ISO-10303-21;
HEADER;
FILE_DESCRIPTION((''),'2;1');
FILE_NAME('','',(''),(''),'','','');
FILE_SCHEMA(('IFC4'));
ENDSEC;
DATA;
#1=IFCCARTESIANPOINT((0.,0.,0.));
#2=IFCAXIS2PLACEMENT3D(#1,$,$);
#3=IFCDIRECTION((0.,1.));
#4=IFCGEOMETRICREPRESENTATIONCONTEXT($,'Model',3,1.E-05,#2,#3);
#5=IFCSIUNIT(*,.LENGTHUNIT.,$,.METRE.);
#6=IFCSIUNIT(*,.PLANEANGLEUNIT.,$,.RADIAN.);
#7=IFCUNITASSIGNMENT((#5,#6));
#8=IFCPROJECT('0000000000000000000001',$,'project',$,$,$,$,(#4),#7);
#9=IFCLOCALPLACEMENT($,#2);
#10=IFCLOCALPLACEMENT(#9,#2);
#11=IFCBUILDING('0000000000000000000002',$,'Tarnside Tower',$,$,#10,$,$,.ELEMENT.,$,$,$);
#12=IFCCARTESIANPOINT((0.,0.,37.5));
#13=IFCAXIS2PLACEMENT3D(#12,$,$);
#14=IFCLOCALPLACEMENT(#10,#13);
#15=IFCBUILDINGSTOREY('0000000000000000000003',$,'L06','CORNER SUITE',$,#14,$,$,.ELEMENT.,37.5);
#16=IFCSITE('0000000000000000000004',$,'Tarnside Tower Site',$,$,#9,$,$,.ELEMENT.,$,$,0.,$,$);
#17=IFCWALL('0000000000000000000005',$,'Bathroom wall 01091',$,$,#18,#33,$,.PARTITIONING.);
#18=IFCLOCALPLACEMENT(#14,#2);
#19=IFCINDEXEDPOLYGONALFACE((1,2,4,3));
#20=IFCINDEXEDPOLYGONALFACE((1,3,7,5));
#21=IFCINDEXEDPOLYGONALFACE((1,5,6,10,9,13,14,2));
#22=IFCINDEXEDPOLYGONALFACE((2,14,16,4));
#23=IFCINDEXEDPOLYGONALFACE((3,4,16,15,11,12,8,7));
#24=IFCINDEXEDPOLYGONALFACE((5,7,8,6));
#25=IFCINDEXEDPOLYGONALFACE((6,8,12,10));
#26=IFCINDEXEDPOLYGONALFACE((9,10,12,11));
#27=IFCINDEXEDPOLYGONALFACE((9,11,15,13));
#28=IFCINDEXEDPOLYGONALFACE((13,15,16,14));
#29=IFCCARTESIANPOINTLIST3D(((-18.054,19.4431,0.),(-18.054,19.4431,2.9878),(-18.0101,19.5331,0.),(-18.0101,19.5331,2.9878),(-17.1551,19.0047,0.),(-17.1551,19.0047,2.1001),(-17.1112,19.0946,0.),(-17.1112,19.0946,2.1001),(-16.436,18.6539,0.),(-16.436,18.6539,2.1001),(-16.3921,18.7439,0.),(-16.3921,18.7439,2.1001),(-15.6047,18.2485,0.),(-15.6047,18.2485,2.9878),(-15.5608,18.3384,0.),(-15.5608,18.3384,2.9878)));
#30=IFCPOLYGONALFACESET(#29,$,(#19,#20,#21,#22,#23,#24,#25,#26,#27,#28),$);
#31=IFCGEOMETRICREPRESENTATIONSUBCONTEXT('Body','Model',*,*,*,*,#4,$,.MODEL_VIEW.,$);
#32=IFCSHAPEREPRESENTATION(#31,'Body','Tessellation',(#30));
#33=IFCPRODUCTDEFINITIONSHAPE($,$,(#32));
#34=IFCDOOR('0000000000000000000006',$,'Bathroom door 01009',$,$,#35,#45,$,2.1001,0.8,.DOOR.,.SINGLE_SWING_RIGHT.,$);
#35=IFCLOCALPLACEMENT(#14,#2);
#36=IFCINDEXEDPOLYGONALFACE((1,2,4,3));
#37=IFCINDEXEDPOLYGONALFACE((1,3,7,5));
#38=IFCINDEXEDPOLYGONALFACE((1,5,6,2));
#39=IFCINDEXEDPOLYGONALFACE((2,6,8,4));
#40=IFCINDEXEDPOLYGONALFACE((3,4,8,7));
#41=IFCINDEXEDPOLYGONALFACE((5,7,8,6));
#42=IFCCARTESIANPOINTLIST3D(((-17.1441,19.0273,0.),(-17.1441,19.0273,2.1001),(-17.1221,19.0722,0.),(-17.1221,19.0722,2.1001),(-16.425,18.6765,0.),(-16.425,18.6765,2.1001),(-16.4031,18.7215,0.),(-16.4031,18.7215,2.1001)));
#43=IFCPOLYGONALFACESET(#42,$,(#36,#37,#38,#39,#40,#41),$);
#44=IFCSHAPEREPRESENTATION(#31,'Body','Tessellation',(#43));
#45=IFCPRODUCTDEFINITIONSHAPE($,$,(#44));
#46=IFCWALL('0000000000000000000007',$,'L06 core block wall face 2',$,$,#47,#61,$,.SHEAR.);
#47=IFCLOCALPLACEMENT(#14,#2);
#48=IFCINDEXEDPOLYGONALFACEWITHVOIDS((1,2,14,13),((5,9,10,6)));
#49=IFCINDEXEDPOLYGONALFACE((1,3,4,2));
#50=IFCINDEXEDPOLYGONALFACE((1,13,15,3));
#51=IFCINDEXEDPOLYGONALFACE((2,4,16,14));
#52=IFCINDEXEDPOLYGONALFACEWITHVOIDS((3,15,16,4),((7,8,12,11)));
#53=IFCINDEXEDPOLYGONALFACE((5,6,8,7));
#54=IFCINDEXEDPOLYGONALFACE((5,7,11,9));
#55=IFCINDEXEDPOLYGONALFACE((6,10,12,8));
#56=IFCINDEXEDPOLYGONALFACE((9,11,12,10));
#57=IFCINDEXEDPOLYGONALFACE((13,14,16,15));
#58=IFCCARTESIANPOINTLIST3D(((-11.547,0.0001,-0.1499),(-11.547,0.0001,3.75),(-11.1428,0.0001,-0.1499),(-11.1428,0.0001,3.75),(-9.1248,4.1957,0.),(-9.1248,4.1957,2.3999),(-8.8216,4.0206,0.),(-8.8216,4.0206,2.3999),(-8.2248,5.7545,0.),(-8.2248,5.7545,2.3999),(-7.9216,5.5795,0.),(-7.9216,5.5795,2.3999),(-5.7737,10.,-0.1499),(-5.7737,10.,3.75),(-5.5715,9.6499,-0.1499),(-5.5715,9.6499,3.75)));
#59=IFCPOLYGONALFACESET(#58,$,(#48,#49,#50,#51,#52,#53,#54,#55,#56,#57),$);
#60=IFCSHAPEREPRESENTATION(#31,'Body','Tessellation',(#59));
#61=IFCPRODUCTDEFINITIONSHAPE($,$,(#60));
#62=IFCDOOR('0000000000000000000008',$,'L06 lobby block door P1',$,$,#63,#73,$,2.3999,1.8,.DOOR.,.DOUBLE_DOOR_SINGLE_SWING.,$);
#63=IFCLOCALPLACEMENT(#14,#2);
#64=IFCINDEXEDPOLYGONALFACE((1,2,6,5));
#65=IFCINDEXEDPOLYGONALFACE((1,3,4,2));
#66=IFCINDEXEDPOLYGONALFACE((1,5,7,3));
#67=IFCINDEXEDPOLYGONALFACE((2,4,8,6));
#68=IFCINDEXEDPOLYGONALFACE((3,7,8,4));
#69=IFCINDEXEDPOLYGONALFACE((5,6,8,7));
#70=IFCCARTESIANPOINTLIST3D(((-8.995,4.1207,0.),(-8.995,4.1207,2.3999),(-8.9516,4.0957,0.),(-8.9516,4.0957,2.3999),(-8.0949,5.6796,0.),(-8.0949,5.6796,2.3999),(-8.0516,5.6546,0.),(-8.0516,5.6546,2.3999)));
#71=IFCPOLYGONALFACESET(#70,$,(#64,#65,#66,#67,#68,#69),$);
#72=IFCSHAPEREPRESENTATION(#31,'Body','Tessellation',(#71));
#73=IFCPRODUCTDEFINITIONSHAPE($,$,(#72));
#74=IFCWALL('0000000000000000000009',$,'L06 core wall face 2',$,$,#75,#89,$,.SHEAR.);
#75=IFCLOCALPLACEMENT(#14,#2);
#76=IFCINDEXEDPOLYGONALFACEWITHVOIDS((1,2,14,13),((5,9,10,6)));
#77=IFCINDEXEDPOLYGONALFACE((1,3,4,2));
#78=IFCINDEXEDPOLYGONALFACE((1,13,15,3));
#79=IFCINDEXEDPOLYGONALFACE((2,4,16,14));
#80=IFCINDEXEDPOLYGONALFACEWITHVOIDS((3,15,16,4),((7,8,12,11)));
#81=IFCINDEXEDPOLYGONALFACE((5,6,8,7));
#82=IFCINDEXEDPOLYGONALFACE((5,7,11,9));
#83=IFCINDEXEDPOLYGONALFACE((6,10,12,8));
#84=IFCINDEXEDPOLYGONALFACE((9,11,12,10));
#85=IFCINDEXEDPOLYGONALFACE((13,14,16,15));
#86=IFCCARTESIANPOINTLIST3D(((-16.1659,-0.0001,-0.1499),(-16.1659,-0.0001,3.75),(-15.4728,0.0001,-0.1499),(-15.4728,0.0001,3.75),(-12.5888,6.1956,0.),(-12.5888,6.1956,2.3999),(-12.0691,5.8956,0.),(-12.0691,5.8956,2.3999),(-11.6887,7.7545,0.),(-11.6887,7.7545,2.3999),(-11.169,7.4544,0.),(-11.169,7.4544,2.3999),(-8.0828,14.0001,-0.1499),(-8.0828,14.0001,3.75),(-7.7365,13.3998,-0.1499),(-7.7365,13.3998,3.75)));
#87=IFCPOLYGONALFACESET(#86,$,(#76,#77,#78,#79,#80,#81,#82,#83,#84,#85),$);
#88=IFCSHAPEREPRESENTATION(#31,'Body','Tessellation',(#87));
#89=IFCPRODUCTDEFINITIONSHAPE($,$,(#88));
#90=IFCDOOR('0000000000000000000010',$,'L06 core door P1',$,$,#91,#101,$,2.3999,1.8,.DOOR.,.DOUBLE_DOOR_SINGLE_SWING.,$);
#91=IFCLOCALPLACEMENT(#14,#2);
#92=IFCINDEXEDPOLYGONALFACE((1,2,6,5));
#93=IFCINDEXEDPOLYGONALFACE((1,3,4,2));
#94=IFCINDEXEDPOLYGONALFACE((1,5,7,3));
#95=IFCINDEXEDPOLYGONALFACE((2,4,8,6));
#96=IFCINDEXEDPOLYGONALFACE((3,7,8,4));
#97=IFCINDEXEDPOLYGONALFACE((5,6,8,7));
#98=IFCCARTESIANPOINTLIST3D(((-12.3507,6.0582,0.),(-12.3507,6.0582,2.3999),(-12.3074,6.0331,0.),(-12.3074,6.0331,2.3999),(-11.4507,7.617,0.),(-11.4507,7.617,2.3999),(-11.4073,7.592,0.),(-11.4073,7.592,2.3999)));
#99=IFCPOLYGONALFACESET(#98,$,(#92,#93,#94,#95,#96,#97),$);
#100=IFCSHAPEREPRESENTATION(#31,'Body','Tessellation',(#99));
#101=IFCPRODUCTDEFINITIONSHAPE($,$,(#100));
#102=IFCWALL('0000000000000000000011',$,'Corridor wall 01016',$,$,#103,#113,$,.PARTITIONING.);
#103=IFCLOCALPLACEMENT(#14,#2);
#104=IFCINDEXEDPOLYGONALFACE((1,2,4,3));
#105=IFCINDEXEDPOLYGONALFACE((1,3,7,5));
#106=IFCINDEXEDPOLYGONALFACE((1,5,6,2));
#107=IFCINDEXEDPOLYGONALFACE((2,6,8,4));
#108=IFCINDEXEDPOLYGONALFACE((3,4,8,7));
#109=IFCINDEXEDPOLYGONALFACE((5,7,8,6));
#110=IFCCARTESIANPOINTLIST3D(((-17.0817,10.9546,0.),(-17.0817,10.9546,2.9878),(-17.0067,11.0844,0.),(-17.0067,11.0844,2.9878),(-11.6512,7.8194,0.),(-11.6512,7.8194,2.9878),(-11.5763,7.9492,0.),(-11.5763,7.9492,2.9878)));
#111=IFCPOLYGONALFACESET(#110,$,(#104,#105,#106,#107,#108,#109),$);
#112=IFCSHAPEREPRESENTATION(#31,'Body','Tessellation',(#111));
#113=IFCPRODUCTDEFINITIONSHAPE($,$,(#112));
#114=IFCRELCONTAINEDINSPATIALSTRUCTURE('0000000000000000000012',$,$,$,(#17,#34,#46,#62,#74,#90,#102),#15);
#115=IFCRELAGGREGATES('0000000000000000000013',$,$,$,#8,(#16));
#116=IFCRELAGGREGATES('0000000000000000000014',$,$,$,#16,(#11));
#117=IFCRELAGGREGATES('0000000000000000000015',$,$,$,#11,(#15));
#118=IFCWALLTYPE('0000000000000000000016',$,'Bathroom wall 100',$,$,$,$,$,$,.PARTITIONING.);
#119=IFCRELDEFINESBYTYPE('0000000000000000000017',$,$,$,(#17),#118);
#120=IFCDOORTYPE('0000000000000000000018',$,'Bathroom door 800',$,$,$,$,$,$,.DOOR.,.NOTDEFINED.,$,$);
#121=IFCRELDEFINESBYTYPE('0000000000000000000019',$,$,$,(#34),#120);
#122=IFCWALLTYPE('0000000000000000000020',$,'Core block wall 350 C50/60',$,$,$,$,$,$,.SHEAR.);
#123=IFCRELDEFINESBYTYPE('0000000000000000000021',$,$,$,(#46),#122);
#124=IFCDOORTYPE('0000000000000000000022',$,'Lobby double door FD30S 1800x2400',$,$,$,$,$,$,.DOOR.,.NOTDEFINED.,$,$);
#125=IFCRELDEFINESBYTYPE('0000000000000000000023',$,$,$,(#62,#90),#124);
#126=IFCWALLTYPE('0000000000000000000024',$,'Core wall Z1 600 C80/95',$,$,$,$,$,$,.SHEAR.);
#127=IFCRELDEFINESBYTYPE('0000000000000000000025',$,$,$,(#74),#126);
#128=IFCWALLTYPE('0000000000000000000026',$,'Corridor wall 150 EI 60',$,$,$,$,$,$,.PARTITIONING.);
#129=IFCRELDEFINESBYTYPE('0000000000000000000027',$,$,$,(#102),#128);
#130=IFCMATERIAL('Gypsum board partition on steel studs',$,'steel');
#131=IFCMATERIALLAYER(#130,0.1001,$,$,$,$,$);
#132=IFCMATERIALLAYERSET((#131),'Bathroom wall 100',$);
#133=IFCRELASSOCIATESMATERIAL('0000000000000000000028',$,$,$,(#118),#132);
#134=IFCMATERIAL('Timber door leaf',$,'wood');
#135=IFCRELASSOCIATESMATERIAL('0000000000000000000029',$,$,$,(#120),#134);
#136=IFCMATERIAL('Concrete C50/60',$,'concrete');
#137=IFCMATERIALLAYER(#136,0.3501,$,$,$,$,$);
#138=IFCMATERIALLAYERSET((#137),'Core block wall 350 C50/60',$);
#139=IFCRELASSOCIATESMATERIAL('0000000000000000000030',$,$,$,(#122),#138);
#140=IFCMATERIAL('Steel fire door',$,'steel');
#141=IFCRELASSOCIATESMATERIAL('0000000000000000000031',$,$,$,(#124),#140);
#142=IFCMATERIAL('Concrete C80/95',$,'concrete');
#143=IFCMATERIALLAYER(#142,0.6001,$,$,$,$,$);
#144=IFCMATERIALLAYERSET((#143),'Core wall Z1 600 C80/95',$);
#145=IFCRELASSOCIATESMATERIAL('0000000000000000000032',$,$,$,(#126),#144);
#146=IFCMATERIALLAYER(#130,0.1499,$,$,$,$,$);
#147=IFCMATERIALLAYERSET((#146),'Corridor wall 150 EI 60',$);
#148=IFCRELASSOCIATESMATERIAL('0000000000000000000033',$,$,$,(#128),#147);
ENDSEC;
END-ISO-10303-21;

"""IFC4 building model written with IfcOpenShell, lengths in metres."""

from ifc_helpers import new_model, si_unit, direction, frame, frame_2d, origin, place, context, subcontext, project, spatial, polyline, rectangle, outline, extrude, material, layer, layer_set, type_object, element, fill, save


model = new_model("IFC4")

# Units and contexts
model_context = context("Model", 3, precision=1e-05, world=origin(), true_north=direction((0.0, 1.0)))
body_context = subcontext(model_context, "Body", "Model", "MODEL_VIEW")
ifc_project = project(units=[si_unit("LENGTHUNIT", "METRE"), si_unit("PLANEANGLEUNIT", "RADIAN")], contexts=[model_context])

# Site, building, storey
site_placement = place(None, origin())
site = spatial("IfcSite", under=ifc_project, at=site_placement, Name="Tarnside Tower Site", CompositionType="ELEMENT", RefElevation=0.0)
building_placement = place(site_placement, origin())
building = spatial("IfcBuilding", under=site, at=building_placement, Name="Tarnside Tower", CompositionType="ELEMENT")
storey_placement = place(building_placement, frame((0.0, 0.0, 37.5)))
storey = spatial("IfcBuildingStorey", under=building, at=storey_placement, Name="L06", Description="CORNER SUITE", CompositionType="ELEMENT", Elevation=37.5)

# Walls, openings, doors
ifc_material_1 = material(Name="Gypsum board partition on steel studs", Category="steel")
ifc_layer_1 = layer(ifc_material_1, 0.1001)
ifc_layer_set_1 = layer_set([ifc_layer_1], Name="Bathroom wall 100")
wall_type_1 = type_object("IfcWallType", Name="Bathroom wall 100", PredefinedType="PARTITIONING", material=ifc_layer_set_1)
wall_1_placement = place(storey_placement, frame((-15.5828, 18.2935, 0.0), z_axis=(0.0, 0.0, 1.0), x_axis=(-0.898792, 0.438376, 0.0)))
wall_1 = element("IfcWall", 1, at=wall_1_placement, inside=storey, type_object=wall_type_1, Name="Bathroom wall 01091", PredefinedType="PARTITIONING", context=body_context, shape_type="SweptSolid", body=[
    extrude(rectangle(XDim=2.7251, YDim=0.1001, at=frame_2d((1.3625, 0.0))), origin(), (0.0, 0.0, 1.0), 2.9878),
])
opening_1_placement = place(wall_1_placement, frame((0.925, 0.0, 0.0)))
opening_1 = element("IfcOpeningElement", 2, at=opening_1_placement, cuts=wall_1, PredefinedType="OPENING", context=body_context, shape_type="SweptSolid", body=[
    extrude(rectangle(XDim=0.8, YDim=2.1001, at=frame_2d((0.3999, 1.05))), frame((0.0, 0.0601, 0.0), z_axis=(0.0, -1.0, 0.0), x_axis=(1.0, 0.0, 0.0)), (0.0, 0.0, 1.0), 0.1201),
])
ifc_material_2 = material(Name="Timber door leaf", Category="wood")
door_type_1 = type_object("IfcDoorType", Name="Bathroom door 800", OperationType="NOTDEFINED", PredefinedType="DOOR", material=ifc_material_2)
door_1_placement = place(opening_1_placement, origin())
door_1 = element("IfcDoor", 3, at=door_1_placement, inside=storey, type_object=door_type_1, Name="Bathroom door 01009", OperationType="SINGLE_SWING_RIGHT", OverallHeight=2.1001, OverallWidth=0.8, PredefinedType="DOOR", context=body_context, shape_type="SweptSolid", body=[
    extrude(rectangle(XDim=0.8, YDim=2.1001, at=frame_2d((0.3999, 1.05))), frame((0.0, 0.0249, 0.0), z_axis=(0.0, -1.0, 0.0), x_axis=(1.0, 0.0, 0.0)), (0.0, 0.0, 1.0), 0.05),
])
fill(opening_1, door_1)
ifc_material_3 = material(Name="Concrete C50/60", Category="concrete")
ifc_layer_2 = layer(ifc_material_3, 0.3501)
ifc_layer_set_2 = layer_set([ifc_layer_2], Name="Core block wall 350 C50/60")
wall_type_2 = type_object("IfcWallType", Name="Core block wall 350 C50/60", PredefinedType="SHEAR", material=ifc_layer_set_2)
wall_2_placement = place(storey_placement, frame((-5.6726, 9.825, -0.1499), z_axis=(0.0, 0.0, 1.0), x_axis=(-0.499995, -0.866028, 0.0)))
wall_2 = element("IfcWall", 4, at=wall_2_placement, inside=storey, type_object=wall_type_2, Name="L06 core block wall face 2", PredefinedType="SHEAR", context=body_context, shape_type="SweptSolid", body=[
    extrude(outline(polyline([(-0.1011, -0.175), (11.4458, -0.175), (11.2437, 0.175), (0.1011, 0.175), (-0.1011, -0.175)])), origin(), (0.0, 0.0, 1.0), 3.8999),
])
opening_2_placement = place(wall_2_placement, frame((4.8013, 0.0, 0.1499)))
opening_2 = element("IfcOpeningElement", 5, at=opening_2_placement, cuts=wall_2, PredefinedType="OPENING", context=body_context, shape_type="SweptSolid", body=[
    extrude(rectangle(XDim=1.8, YDim=2.3999, at=frame_2d((0.8999, 1.2))), frame((0.0, 0.1851, 0.0), z_axis=(0.0, -1.0, 0.0), x_axis=(1.0, 0.0, 0.0)), (0.0, 0.0, 1.0), 0.3701),
])
ifc_material_4 = material(Name="Steel fire door", Category="steel")
door_type_2 = type_object("IfcDoorType", Name="Lobby double door FD30S 1800x2400", OperationType="NOTDEFINED", PredefinedType="DOOR", material=ifc_material_4)
door_2_placement = place(opening_2_placement, origin())
door_2 = element("IfcDoor", 6, at=door_2_placement, inside=storey, type_object=door_type_2, Name="L06 lobby block door P1", OperationType="DOUBLE_DOOR_SINGLE_SWING", OverallHeight=2.3999, OverallWidth=1.8, PredefinedType="DOOR", context=body_context, shape_type="SweptSolid", body=[
    extrude(rectangle(XDim=1.8, YDim=2.3999, at=frame_2d((0.8999, 1.2))), frame((0.0, 0.0249, 0.0), z_axis=(0.0, -1.0, 0.0), x_axis=(1.0, 0.0, 0.0)), (0.0, 0.0, 1.0), 0.05),
])
fill(opening_2, door_2)
ifc_material_5 = material(Name="Concrete C80/95", Category="concrete")
ifc_layer_3 = layer(ifc_material_5, 0.6001)
ifc_layer_set_3 = layer_set([ifc_layer_3], Name="Core wall Z1 600 C80/95")
wall_type_3 = type_object("IfcWallType", Name="Core wall Z1 600 C80/95", PredefinedType="SHEAR", material=ifc_layer_set_3)
wall_3_placement = place(storey_placement, frame((-7.9097, 13.7, -0.1499), z_axis=(0.0, 0.0, 1.0), x_axis=(-0.5, -0.866025, 0.0)))
wall_3 = element("IfcWall", 7, at=wall_3_placement, inside=storey, type_object=wall_type_3, Name="L06 core wall face 2", PredefinedType="SHEAR", context=body_context, shape_type="SweptSolid", body=[
    extrude(outline(polyline([(-0.1733, -0.3), (15.9927, -0.3), (15.646, 0.3), (0.1733, 0.3), (-0.1733, -0.3)])), origin(), (0.0, 0.0, 1.0), 3.8999),
])
opening_3_placement = place(wall_3_placement, frame((7.0386, 0.0, 0.1499)))
opening_3 = element("IfcOpeningElement", 8, at=opening_3_placement, cuts=wall_3, PredefinedType="OPENING", context=body_context, shape_type="SweptSolid", body=[
    extrude(rectangle(XDim=1.8, YDim=2.3999, at=frame_2d((0.8999, 1.2))), frame((0.0, 0.3101, 0.0), z_axis=(0.0, -1.0, 0.0), x_axis=(1.0, 0.0, 0.0)), (0.0, 0.0, 1.0), 0.6201),
])
door_3_placement = place(opening_3_placement, origin())
door_3 = element("IfcDoor", 9, at=door_3_placement, inside=storey, type_object=door_type_2, Name="L06 core door P1", OperationType="DOUBLE_DOOR_SINGLE_SWING", OverallHeight=2.3999, OverallWidth=1.8, PredefinedType="DOOR", context=body_context, shape_type="SweptSolid", body=[
    extrude(rectangle(XDim=1.8, YDim=2.3999, at=frame_2d((0.8999, 1.2))), frame((0.0, 0.0249, 0.0), z_axis=(0.0, -1.0, 0.0), x_axis=(1.0, 0.0, 0.0)), (0.0, 0.0, 1.0), 0.05),
])
fill(opening_3, door_3)

# Wall
ifc_layer_4 = layer(ifc_material_1, 0.1499)
ifc_layer_set_4 = layer_set([ifc_layer_4], Name="Corridor wall 150 EI 60")
wall_type_4 = type_object("IfcWallType", Name="Corridor wall 150 EI 60", PredefinedType="PARTITIONING", material=ifc_layer_set_4)
wall_4_placement = place(storey_placement, frame((-11.6138, 7.8843, 0.0), z_axis=(0.0, 0.0, 1.0), x_axis=(-0.866025, 0.5, 0.0)))
element("IfcWall", 10, at=wall_4_placement, inside=storey, type_object=wall_type_4, Name="Corridor wall 01016", PredefinedType="PARTITIONING", context=body_context, shape_type="SweptSolid", body=[
    extrude(rectangle(XDim=6.2705, YDim=0.1499, at=frame_2d((3.1353, 0.0))), origin(), (0.0, 0.0, 1.0), 2.9878),
])

save(model, "model.ifc")
